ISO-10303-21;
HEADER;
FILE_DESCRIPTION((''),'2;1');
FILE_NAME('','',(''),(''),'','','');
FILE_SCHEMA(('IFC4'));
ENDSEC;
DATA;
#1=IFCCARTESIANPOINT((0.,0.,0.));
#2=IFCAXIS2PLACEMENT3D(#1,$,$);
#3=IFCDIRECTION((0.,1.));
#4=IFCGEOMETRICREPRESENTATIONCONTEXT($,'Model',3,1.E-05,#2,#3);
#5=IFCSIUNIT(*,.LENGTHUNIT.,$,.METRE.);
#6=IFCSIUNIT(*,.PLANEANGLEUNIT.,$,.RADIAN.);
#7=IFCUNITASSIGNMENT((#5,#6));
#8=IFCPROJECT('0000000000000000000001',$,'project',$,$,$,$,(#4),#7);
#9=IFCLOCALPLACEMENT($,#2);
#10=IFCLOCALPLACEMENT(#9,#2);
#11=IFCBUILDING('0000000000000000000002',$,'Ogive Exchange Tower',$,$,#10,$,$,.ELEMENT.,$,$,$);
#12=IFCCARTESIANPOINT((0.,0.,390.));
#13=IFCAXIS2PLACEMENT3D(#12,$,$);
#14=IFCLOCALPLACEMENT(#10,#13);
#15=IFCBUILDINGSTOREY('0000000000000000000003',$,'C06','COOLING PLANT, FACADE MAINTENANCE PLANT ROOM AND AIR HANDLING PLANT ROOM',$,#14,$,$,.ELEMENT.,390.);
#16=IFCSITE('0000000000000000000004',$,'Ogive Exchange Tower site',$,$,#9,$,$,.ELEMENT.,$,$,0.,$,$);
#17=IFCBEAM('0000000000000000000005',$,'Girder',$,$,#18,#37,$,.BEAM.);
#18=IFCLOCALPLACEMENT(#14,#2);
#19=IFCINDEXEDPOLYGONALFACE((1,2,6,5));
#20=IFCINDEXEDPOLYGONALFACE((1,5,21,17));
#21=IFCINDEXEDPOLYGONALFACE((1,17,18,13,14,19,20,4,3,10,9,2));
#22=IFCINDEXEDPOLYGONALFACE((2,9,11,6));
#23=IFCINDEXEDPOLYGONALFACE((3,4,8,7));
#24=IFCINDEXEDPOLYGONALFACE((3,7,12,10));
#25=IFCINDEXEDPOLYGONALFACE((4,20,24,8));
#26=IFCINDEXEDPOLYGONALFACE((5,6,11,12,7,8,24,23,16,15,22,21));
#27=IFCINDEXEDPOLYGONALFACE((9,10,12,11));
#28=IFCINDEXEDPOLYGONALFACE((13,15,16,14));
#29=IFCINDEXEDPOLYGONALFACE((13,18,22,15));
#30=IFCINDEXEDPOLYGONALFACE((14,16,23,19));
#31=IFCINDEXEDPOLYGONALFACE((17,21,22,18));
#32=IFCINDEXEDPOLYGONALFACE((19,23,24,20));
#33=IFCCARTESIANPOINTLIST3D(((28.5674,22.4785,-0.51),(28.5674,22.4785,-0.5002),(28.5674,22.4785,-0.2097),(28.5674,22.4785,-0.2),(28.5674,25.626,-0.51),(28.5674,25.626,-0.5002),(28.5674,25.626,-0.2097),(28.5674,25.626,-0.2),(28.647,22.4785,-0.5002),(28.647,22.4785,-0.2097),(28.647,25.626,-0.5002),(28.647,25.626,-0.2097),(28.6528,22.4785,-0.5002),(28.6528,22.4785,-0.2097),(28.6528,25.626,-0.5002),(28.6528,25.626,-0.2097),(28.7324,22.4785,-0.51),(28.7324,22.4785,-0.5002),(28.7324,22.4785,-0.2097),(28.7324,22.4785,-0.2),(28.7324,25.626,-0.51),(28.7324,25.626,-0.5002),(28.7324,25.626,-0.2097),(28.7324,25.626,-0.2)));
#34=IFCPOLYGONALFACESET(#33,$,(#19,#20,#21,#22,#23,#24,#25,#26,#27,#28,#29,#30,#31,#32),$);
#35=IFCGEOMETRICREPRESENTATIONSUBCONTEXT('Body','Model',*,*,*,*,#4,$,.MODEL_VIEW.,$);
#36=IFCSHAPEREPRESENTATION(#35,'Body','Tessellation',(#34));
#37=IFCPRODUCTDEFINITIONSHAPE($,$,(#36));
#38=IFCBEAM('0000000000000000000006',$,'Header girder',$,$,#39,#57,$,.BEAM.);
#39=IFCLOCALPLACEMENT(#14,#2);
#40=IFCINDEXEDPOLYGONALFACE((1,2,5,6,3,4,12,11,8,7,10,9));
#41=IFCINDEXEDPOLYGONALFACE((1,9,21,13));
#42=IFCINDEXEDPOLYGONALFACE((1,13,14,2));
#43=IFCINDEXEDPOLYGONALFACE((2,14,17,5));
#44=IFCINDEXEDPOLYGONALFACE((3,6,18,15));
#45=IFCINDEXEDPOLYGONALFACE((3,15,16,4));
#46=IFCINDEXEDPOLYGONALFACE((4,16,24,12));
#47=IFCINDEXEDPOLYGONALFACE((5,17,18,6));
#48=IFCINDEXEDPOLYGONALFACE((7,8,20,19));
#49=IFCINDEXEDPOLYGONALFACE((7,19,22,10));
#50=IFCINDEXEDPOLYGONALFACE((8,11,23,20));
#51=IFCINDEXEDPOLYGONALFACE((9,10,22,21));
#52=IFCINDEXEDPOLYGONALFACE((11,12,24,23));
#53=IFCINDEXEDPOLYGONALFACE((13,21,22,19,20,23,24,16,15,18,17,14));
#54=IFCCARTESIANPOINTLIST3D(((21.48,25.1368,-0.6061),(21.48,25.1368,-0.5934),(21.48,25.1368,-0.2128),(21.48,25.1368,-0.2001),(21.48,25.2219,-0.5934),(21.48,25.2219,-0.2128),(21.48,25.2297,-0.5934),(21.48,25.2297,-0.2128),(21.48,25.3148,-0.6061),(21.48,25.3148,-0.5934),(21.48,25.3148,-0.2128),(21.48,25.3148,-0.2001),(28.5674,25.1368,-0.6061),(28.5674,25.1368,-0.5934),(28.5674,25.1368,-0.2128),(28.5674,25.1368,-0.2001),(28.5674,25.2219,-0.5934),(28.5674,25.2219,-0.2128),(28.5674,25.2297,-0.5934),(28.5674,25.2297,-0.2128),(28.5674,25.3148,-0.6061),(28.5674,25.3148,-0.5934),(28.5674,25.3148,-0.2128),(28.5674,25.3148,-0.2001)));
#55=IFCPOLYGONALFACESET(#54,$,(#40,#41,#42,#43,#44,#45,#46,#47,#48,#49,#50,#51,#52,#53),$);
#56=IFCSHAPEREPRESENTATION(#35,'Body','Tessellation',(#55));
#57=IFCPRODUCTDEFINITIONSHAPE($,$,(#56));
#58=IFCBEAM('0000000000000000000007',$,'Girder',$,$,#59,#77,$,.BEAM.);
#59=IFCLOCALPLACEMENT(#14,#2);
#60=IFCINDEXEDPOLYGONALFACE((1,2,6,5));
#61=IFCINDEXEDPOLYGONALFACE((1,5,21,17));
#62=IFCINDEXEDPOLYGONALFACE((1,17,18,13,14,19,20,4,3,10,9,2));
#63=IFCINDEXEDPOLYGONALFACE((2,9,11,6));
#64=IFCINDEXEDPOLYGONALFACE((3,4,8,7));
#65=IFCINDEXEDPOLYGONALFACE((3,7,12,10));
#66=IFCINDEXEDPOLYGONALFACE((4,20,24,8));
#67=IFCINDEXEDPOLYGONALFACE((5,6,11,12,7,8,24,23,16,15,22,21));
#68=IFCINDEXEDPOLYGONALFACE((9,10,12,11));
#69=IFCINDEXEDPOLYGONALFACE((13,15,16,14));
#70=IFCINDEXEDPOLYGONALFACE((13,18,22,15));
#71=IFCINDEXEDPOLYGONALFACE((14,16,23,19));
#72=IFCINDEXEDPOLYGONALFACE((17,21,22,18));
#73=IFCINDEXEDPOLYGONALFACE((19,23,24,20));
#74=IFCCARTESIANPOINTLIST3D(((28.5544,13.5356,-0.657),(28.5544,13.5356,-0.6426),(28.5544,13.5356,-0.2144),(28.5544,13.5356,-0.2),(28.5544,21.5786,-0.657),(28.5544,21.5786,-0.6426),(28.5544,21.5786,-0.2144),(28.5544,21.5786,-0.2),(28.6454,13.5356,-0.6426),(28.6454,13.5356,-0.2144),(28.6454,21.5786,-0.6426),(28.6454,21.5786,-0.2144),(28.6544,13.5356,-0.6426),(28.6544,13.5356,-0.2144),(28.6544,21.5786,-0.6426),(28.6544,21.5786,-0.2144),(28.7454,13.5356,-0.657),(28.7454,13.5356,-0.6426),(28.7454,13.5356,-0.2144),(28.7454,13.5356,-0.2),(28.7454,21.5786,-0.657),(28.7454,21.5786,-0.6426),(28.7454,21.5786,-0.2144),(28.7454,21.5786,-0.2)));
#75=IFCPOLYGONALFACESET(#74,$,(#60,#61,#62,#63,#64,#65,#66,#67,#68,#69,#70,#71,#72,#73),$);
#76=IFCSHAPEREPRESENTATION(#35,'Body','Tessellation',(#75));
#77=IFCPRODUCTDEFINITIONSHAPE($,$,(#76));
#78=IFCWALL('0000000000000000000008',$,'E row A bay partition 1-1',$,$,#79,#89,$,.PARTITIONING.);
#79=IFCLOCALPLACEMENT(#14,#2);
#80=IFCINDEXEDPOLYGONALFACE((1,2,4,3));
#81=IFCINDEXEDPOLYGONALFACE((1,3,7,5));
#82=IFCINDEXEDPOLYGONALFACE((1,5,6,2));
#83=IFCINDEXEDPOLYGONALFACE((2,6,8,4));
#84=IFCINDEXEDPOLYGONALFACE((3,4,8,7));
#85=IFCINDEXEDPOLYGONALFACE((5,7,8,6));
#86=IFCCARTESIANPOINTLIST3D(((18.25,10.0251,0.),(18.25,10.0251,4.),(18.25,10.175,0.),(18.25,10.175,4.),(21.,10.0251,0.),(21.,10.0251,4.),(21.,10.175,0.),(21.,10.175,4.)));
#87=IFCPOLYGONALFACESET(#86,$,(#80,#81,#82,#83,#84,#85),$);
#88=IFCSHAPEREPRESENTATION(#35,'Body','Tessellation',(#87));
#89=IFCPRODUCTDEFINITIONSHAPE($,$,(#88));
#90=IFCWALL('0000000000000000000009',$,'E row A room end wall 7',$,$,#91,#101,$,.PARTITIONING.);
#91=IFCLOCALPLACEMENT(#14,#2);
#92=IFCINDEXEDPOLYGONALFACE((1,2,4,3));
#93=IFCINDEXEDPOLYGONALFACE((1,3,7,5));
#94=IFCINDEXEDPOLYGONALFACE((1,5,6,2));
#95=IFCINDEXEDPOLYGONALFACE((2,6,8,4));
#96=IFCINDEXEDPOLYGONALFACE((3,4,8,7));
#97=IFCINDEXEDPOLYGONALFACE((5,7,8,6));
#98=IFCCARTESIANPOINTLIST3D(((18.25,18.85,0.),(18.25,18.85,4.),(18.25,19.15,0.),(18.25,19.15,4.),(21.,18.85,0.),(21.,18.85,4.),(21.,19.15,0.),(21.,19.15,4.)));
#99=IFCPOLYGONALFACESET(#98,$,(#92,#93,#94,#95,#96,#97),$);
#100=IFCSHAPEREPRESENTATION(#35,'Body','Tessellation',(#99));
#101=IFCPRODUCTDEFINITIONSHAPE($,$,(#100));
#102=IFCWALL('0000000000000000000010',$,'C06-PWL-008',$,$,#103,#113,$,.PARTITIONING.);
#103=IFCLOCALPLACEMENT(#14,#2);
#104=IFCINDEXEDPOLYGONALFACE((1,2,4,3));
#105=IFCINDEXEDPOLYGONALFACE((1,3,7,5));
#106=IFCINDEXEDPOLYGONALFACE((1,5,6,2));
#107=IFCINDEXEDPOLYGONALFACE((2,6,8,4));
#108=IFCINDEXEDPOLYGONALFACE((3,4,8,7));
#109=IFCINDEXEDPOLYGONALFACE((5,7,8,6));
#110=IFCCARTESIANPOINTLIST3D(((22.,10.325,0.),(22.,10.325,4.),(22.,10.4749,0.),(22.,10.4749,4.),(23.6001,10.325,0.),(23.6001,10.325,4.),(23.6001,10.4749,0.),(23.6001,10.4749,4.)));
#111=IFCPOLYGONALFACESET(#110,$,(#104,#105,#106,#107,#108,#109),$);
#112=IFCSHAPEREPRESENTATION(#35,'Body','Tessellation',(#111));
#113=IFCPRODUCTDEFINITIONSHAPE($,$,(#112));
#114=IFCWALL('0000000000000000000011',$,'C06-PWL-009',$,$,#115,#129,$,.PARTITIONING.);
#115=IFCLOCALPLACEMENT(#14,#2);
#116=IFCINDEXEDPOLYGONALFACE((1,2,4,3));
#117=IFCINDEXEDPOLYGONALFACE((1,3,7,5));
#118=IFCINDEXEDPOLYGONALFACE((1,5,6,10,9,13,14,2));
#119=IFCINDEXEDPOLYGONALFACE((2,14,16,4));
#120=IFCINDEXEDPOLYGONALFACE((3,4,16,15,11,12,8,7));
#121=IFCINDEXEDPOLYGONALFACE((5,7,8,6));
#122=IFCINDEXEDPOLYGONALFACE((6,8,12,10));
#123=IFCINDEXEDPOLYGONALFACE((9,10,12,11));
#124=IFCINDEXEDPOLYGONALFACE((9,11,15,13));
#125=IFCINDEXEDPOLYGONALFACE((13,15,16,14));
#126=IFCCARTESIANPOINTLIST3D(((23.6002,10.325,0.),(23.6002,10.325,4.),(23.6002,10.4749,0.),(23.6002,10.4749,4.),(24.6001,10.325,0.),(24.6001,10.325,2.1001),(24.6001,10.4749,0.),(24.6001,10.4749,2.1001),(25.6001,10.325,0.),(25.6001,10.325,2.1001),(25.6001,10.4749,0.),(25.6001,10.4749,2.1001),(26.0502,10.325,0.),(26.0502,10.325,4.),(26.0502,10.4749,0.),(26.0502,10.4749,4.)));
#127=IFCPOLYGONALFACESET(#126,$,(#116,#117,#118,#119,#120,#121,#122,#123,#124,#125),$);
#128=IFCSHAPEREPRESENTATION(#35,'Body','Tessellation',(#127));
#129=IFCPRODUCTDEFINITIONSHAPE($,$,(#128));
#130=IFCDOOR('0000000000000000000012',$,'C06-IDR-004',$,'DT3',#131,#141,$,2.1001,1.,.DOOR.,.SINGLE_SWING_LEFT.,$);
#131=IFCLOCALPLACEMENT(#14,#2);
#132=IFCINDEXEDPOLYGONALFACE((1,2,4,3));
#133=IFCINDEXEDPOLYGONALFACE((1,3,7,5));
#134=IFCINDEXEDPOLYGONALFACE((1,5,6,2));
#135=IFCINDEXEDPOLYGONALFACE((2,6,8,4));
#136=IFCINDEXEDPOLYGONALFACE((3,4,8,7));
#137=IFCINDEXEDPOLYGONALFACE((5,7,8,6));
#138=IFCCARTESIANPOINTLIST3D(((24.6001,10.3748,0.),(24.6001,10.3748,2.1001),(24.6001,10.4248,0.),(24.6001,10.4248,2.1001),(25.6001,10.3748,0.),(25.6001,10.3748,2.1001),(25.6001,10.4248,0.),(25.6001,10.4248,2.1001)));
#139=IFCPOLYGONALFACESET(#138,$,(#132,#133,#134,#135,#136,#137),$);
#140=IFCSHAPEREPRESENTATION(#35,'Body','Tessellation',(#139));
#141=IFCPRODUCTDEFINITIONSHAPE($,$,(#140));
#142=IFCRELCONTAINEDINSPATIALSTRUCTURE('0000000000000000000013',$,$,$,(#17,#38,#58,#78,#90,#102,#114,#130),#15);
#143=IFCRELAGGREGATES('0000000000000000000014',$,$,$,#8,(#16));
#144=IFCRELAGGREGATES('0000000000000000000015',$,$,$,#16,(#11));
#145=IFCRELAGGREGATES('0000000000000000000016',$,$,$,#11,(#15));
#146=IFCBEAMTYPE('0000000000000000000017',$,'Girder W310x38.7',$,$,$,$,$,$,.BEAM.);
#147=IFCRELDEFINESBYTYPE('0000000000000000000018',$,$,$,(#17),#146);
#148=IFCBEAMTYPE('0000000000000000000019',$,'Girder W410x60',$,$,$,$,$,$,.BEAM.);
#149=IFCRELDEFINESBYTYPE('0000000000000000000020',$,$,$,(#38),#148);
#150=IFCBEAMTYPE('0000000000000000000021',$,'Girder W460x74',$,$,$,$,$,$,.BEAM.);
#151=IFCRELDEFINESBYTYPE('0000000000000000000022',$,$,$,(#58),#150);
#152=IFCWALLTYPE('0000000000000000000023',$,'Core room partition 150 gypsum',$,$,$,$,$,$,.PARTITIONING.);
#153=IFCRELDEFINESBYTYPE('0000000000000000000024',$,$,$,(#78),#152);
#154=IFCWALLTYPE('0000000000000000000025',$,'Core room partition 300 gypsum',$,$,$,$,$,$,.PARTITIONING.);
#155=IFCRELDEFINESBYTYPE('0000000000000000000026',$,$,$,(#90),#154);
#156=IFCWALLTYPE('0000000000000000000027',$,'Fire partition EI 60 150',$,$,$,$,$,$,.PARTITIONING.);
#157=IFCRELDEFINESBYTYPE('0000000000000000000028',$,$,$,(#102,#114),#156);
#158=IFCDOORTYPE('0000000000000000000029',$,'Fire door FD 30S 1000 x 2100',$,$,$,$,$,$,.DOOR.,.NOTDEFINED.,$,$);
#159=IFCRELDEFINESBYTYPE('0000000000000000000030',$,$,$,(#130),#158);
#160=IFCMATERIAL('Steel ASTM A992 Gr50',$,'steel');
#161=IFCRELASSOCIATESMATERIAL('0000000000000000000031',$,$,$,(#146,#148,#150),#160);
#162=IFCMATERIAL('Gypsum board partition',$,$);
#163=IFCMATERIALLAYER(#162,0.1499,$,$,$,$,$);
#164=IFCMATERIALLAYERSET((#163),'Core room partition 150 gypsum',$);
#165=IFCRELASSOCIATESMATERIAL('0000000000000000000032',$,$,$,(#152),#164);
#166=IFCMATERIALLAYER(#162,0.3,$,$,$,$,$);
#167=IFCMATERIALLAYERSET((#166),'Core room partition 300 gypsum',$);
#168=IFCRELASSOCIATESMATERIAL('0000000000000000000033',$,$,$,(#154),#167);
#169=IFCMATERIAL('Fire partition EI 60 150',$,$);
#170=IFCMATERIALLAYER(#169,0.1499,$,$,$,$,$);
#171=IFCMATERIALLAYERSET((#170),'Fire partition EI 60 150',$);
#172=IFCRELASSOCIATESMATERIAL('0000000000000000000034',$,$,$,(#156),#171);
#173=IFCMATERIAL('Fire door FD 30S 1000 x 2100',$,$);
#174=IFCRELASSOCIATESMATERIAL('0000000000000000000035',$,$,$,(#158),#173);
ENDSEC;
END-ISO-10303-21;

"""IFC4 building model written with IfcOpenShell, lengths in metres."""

from ifc_helpers import new_model, si_unit, direction, frame, frame_2d, origin, origin_2d, place, context, subcontext, project, spatial, rectangle, i_section, extrude, material, layer, layer_set, material_profile, profile_set, type_object, element, fill, save


model = new_model("IFC4")

# Units and contexts
model_context = context("Model", 3, precision=1e-05, world=origin(), true_north=direction((0.0, 1.0)))
body_context = subcontext(model_context, "Body", "Model", "MODEL_VIEW")
ifc_project = project(units=[si_unit("LENGTHUNIT", "METRE"), si_unit("PLANEANGLEUNIT", "RADIAN")], contexts=[model_context])

# Site, building, storey
site_placement = place(None, origin())
site = spatial("IfcSite", under=ifc_project, at=site_placement, Name="Ogive Exchange Tower site", CompositionType="ELEMENT", RefElevation=0.0)
building_placement = place(site_placement, origin())
building = spatial("IfcBuilding", under=site, at=building_placement, Name="Ogive Exchange Tower", CompositionType="ELEMENT")
storey_placement = place(building_placement, frame((0.0, 0.0, 390.0)))
storey = spatial("IfcBuildingStorey", under=building, at=storey_placement, Name="C06", Description="COOLING PLANT, FACADE MAINTENANCE PLANT ROOM AND AIR HANDLING PLANT ROOM", CompositionType="ELEMENT", Elevation=390.0)

# Shared definitions
ifc_material_1 = material(Name="Steel ASTM A992 Gr50", Category="steel")

# Beams
ifc_material_profile_1 = material_profile(ifc_material_1, i_section(OverallWidth=0.165, OverallDepth=0.3101, WebThickness=0.0059, FlangeThickness=0.0098, at=origin_2d()), Name="W310x38.7")
ifc_profile_set_1 = profile_set([ifc_material_profile_1], Name="Steel ASTM A992 Gr50")
beam_type_1 = type_object("IfcBeamType", Name="Girder W310x38.7", PredefinedType="BEAM", material=ifc_profile_set_1)
beam_1_placement = place(storey_placement, frame((28.6499, 22.4785, -0.355), z_axis=(0.0, 1.0, 0.0), x_axis=(-1.0, 0.0, 0.0)))
element("IfcBeam", 1, at=beam_1_placement, inside=storey, type_object=beam_type_1, Name="Girder", PredefinedType="BEAM", context=body_context, shape_type="SweptSolid", body=[
    extrude(i_section(OverallWidth=0.165, OverallDepth=0.3101, WebThickness=0.0059, FlangeThickness=0.0098, at=origin_2d()), origin(), (0.0, 0.0, 1.0), 3.1475),
])
ifc_material_profile_2 = material_profile(ifc_material_1, i_section(OverallWidth=0.178, OverallDepth=0.406, WebThickness=0.0078, FlangeThickness=0.0127, at=origin_2d()), Name="W410x60")
ifc_profile_set_2 = profile_set([ifc_material_profile_2], Name="Steel ASTM A992 Gr50")
beam_type_2 = type_object("IfcBeamType", Name="Girder W410x60", PredefinedType="BEAM", material=ifc_profile_set_2)
beam_2_placement = place(storey_placement, frame((21.48, 25.2258, -0.4031), z_axis=(1.0, 0.0, 0.0), x_axis=(0.0, 1.0, 0.0)))
element("IfcBeam", 2, at=beam_2_placement, inside=storey, type_object=beam_type_2, Name="Header girder", PredefinedType="BEAM", context=body_context, shape_type="SweptSolid", body=[
    extrude(i_section(OverallWidth=0.178, OverallDepth=0.406, WebThickness=0.0078, FlangeThickness=0.0127, at=origin_2d()), origin(), (0.0, 0.0, 1.0), 7.0874),
])
ifc_material_profile_3 = material_profile(ifc_material_1, i_section(OverallWidth=0.1909, OverallDepth=0.457, WebThickness=0.009, FlangeThickness=0.0144, at=origin_2d()), Name="W460x74")
ifc_profile_set_3 = profile_set([ifc_material_profile_3], Name="Steel ASTM A992 Gr50")
beam_type_3 = type_object("IfcBeamType", Name="Girder W460x74", PredefinedType="BEAM", material=ifc_profile_set_3)
beam_3_placement = place(storey_placement, frame((28.6499, 13.5356, -0.4285), z_axis=(0.0, 1.0, 0.0), x_axis=(-1.0, 0.0, 0.0)))
element("IfcBeam", 3, at=beam_3_placement, inside=storey, type_object=beam_type_3, Name="Girder", PredefinedType="BEAM", context=body_context, shape_type="SweptSolid", body=[
    extrude(i_section(OverallWidth=0.1909, OverallDepth=0.457, WebThickness=0.009, FlangeThickness=0.0144, at=origin_2d()), origin(), (0.0, 0.0, 1.0), 8.043),
])

# Walls
ifc_material_2 = material(Name="Gypsum board partition")
ifc_layer_1 = layer(ifc_material_2, 0.1499)
ifc_layer_set_1 = layer_set([ifc_layer_1], Name="Core room partition 150 gypsum")
wall_type_1 = type_object("IfcWallType", Name="Core room partition 150 gypsum", PredefinedType="PARTITIONING", material=ifc_layer_set_1)
wall_1_placement = place(storey_placement, frame((18.25, 10.1001, 0.0), z_axis=(0.0, 0.0, 1.0), x_axis=(1.0, 0.0, 0.0)))
element("IfcWall", 4, at=wall_1_placement, inside=storey, type_object=wall_type_1, Name="E row A bay partition 1-1", PredefinedType="PARTITIONING", context=body_context, shape_type="SweptSolid", body=[
    extrude(rectangle(XDim=2.75, YDim=0.1499, at=frame_2d((1.375, 0.0))), origin(), (0.0, 0.0, 1.0), 4.0),
])
ifc_layer_2 = layer(ifc_material_2, 0.3)
ifc_layer_set_2 = layer_set([ifc_layer_2], Name="Core room partition 300 gypsum")
wall_type_2 = type_object("IfcWallType", Name="Core room partition 300 gypsum", PredefinedType="PARTITIONING", material=ifc_layer_set_2)
wall_2_placement = place(storey_placement, frame((18.25, 19.0, 0.0), z_axis=(0.0, 0.0, 1.0), x_axis=(1.0, 0.0, 0.0)))
element("IfcWall", 5, at=wall_2_placement, inside=storey, type_object=wall_type_2, Name="E row A room end wall 7", PredefinedType="PARTITIONING", context=body_context, shape_type="SweptSolid", body=[
    extrude(rectangle(XDim=2.75, YDim=0.3, at=frame_2d((1.375, 0.0))), origin(), (0.0, 0.0, 1.0), 4.0),
])
ifc_material_3 = material(Name="Fire partition EI 60 150")
ifc_layer_3 = layer(ifc_material_3, 0.1499)
ifc_layer_set_3 = layer_set([ifc_layer_3], Name="Fire partition EI 60 150")
wall_type_3 = type_object("IfcWallType", Name="Fire partition EI 60 150", PredefinedType="PARTITIONING", material=ifc_layer_set_3)
wall_3_placement = place(storey_placement, frame((22.0, 10.3999, 0.0), z_axis=(0.0, 0.0, 1.0), x_axis=(1.0, 0.0, 0.0)))
element("IfcWall", 6, at=wall_3_placement, inside=storey, type_object=wall_type_3, Name="C06-PWL-008", PredefinedType="PARTITIONING", context=body_context, shape_type="SweptSolid", body=[
    extrude(rectangle(XDim=1.6001, YDim=0.1499, at=frame_2d((0.8, 0.0))), origin(), (0.0, 0.0, 1.0), 4.0),
])

# Wall, opening, door
wall_4_placement = place(storey_placement, frame((23.6001, 10.3999, 0.0), z_axis=(0.0, 0.0, 1.0), x_axis=(1.0, 0.0, 0.0)))
wall_4 = element("IfcWall", 7, at=wall_4_placement, inside=storey, type_object=wall_type_3, Name="C06-PWL-009", PredefinedType="PARTITIONING", context=body_context, shape_type="SweptSolid", body=[
    extrude(rectangle(XDim=2.45, YDim=0.1499, at=frame_2d((1.2251, 0.0))), origin(), (0.0, 0.0, 1.0), 4.0),
])
opening_1_placement = place(wall_4_placement, frame((1.0, 0.0, 0.0)))
opening_1 = element("IfcOpeningElement", 8, at=opening_1_placement, cuts=wall_4, PredefinedType="OPENING", context=body_context, shape_type="SweptSolid", body=[
    extrude(rectangle(XDim=1.0, YDim=2.1001, at=frame_2d((0.5, 1.05))), frame((0.0, 0.085, 0.0), z_axis=(0.0, -1.0, 0.0), x_axis=(1.0, 0.0, 0.0)), (0.0, 0.0, 1.0), 0.1699),
])
ifc_material_4 = material(Name="Fire door FD 30S 1000 x 2100")
door_type = type_object("IfcDoorType", Name="Fire door FD 30S 1000 x 2100", OperationType="NOTDEFINED", PredefinedType="DOOR", material=ifc_material_4)
door_placement = place(opening_1_placement, origin())
door = element("IfcDoor", 9, at=door_placement, inside=storey, type_object=door_type, Name="C06-IDR-004", ObjectType="DT3", OperationType="SINGLE_SWING_LEFT", OverallHeight=2.1001, OverallWidth=1.0, PredefinedType="DOOR", context=body_context, shape_type="SweptSolid", body=[
    extrude(rectangle(XDim=1.0, YDim=2.1001, at=frame_2d((0.5, 1.05))), frame((0.0, 0.0249, 0.0), z_axis=(0.0, -1.0, 0.0), x_axis=(1.0, 0.0, 0.0)), (0.0, 0.0, 1.0), 0.05),
])
fill(opening_1, door)

save(model, "model.ifc")
